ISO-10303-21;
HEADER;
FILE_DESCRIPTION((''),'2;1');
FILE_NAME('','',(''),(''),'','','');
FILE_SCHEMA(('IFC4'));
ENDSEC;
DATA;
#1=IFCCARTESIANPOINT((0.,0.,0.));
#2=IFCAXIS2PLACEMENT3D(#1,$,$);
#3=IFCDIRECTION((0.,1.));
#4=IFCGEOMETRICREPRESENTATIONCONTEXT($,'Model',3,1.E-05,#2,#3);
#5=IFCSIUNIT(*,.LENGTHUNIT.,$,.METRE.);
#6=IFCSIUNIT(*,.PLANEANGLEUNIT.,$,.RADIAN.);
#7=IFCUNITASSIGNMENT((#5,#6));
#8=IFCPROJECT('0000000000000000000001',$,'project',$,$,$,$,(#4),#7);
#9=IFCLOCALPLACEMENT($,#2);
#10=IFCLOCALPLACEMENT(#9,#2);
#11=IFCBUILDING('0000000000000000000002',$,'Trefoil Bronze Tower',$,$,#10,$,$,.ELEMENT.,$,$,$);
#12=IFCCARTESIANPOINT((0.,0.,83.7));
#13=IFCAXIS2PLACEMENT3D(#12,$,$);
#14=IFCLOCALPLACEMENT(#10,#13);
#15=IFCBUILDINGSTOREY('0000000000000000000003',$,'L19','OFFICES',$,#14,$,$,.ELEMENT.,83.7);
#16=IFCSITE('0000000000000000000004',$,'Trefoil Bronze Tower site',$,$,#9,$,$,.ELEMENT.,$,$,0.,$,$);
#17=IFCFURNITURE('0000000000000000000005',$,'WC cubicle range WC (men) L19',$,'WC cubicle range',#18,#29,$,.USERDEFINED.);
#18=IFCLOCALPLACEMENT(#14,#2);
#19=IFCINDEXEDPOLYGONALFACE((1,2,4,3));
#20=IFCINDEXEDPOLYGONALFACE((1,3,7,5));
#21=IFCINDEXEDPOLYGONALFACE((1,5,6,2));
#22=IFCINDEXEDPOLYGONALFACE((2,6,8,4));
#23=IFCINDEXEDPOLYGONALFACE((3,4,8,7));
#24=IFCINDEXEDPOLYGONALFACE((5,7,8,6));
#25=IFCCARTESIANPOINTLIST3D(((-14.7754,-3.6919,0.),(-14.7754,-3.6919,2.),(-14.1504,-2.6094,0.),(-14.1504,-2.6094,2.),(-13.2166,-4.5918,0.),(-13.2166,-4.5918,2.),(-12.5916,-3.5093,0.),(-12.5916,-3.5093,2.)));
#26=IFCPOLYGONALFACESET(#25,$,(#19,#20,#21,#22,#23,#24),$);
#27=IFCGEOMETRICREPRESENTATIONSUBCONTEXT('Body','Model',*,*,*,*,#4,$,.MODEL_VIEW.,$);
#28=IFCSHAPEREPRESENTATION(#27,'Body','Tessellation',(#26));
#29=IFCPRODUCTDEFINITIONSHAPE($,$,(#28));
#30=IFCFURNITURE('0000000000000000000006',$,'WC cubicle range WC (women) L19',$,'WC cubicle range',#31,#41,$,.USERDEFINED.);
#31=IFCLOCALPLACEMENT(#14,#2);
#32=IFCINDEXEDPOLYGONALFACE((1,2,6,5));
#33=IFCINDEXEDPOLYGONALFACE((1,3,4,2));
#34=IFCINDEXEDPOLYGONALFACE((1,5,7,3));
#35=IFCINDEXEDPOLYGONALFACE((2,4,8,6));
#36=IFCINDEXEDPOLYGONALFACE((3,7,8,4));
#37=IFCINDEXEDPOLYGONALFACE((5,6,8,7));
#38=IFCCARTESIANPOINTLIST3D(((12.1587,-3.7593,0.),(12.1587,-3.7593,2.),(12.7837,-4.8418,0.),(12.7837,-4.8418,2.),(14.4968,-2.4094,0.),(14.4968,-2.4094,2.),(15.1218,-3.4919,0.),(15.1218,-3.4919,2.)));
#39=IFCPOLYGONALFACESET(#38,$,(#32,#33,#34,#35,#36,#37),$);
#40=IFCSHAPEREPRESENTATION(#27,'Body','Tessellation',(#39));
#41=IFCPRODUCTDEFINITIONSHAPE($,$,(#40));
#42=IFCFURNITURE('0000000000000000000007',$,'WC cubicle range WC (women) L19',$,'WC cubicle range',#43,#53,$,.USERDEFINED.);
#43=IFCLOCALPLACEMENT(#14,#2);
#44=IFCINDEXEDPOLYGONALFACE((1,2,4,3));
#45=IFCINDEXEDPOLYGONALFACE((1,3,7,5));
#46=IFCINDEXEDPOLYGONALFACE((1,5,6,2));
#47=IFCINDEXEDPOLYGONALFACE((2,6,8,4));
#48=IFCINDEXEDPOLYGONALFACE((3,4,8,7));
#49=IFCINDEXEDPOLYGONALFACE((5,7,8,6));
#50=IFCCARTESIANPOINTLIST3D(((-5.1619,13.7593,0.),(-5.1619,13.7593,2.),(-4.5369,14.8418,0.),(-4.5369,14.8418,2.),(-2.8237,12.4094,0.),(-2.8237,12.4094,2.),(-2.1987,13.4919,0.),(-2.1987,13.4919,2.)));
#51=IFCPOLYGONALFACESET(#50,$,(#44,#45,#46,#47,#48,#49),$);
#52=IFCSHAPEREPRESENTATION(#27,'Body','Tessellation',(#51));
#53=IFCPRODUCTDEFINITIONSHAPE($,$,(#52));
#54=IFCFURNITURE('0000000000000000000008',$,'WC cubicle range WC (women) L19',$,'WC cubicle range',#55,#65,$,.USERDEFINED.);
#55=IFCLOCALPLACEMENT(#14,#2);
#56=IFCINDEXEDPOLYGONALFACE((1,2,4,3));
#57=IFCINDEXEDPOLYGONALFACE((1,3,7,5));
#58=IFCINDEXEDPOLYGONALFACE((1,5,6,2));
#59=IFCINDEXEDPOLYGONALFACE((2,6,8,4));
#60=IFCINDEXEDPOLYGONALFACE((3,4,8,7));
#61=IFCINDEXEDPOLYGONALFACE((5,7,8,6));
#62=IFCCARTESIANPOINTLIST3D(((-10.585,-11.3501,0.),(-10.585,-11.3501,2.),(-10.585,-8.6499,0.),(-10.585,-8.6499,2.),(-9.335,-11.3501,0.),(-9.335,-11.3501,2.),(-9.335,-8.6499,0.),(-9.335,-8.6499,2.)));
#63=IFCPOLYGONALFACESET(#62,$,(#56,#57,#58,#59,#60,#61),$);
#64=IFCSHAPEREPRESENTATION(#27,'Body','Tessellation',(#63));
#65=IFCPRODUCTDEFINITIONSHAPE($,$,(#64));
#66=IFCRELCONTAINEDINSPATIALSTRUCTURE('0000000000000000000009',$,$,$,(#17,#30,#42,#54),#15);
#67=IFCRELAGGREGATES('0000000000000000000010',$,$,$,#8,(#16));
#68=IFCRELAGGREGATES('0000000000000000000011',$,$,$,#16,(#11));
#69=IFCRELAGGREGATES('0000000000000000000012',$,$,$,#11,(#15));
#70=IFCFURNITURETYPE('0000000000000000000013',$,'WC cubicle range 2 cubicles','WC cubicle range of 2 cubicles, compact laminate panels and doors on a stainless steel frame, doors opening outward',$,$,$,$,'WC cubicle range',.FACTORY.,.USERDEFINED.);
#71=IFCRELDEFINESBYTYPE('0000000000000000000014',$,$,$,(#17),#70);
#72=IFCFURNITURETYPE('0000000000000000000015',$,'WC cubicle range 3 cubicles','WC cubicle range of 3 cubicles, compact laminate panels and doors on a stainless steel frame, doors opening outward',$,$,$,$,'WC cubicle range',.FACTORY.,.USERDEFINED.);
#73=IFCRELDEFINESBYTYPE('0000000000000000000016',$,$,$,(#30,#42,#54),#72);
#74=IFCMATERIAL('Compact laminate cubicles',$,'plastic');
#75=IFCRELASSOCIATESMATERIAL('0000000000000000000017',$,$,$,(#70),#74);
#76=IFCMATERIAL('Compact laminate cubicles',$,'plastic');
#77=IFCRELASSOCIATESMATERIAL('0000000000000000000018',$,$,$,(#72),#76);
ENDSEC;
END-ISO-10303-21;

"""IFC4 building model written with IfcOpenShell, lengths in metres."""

from ifc_helpers import new_model, si_unit, direction, frame, origin, place, context, subcontext, project, spatial, polyline, outline, extrude, material, type_object, element, save


model = new_model("IFC4")

# Units and contexts
model_context = context("Model", 3, precision=1e-05, world=origin(), true_north=direction((0.0, 1.0)))
body_context = subcontext(model_context, "Body", "Model", "MODEL_VIEW")
ifc_project = project(units=[si_unit("LENGTHUNIT", "METRE"), si_unit("PLANEANGLEUNIT", "RADIAN")], contexts=[model_context])

# Site, building, storey
site_placement = place(None, origin())
site = spatial("IfcSite", under=ifc_project, at=site_placement, Name="Trefoil Bronze Tower site", CompositionType="ELEMENT", RefElevation=0.0)
building_placement = place(site_placement, origin())
building = spatial("IfcBuilding", under=site, at=building_placement, Name="Trefoil Bronze Tower", CompositionType="ELEMENT")
storey_placement = place(building_placement, frame((0.0, 0.0, 83.7)))
storey = spatial("IfcBuildingStorey", under=building, at=storey_placement, Name="L19", Description="OFFICES", CompositionType="ELEMENT", Elevation=83.7)

# Furniture
ifc_material_1 = material(Name="Compact laminate cubicles", Category="plastic")
furniture_type_1 = type_object("IfcFurnitureType", Name="WC cubicle range 2 cubicles", Description="WC cubicle range of 2 cubicles, compact laminate panels and doors on a stainless steel frame, doors opening outward", ElementType="WC cubicle range", AssemblyPlace="FACTORY", PredefinedType="USERDEFINED", material=ifc_material_1)
furniture_1_placement = place(storey_placement, origin())
element("IfcFurniture", 1, at=furniture_1_placement, inside=storey, type_object=furniture_type_1, Name="WC cubicle range WC (men) L19", ObjectType="WC cubicle range", PredefinedType="USERDEFINED", context=body_context, shape_type="SweptSolid", body=[
    extrude(outline(polyline([(-12.5916, -3.5093), (-13.2166, -4.5918), (-14.7754, -3.6919), (-14.1504, -2.6094), (-12.5916, -3.5093)])), origin(), (0.0, 0.0, 1.0), 2.0),
])
ifc_material_2 = material(Name="Compact laminate cubicles", Category="plastic")
furniture_type_2 = type_object("IfcFurnitureType", Name="WC cubicle range 3 cubicles", Description="WC cubicle range of 3 cubicles, compact laminate panels and doors on a stainless steel frame, doors opening outward", ElementType="WC cubicle range", AssemblyPlace="FACTORY", PredefinedType="USERDEFINED", material=ifc_material_2)
furniture_2_placement = place(storey_placement, origin())
element("IfcFurniture", 2, at=furniture_2_placement, inside=storey, type_object=furniture_type_2, Name="WC cubicle range WC (women) L19", ObjectType="WC cubicle range", PredefinedType="USERDEFINED", context=body_context, shape_type="SweptSolid", body=[
    extrude(outline(polyline([(12.1587, -3.7593), (12.7837, -4.8418), (15.1218, -3.4919), (14.4968, -2.4094), (12.1587, -3.7593)])), origin(), (0.0, 0.0, 1.0), 2.0),
])
furniture_3_placement = place(storey_placement, origin())
element("IfcFurniture", 3, at=furniture_3_placement, inside=storey, type_object=furniture_type_2, Name="WC cubicle range WC (women) L19", ObjectType="WC cubicle range", PredefinedType="USERDEFINED", context=body_context, shape_type="SweptSolid", body=[
    extrude(outline(polyline([(-2.8237, 12.4094), (-2.1987, 13.4919), (-4.5369, 14.8418), (-5.1619, 13.7593), (-2.8237, 12.4094)])), origin(), (0.0, 0.0, 1.0), 2.0),
])
furniture_4_placement = place(storey_placement, origin())
element("IfcFurniture", 4, at=furniture_4_placement, inside=storey, type_object=furniture_type_2, Name="WC cubicle range WC (women) L19", ObjectType="WC cubicle range", PredefinedType="USERDEFINED", context=body_context, shape_type="SweptSolid", body=[
    extrude(outline(polyline([(-9.335, -8.6499), (-10.585, -8.6499), (-10.585, -11.3501), (-9.335, -11.3501), (-9.335, -8.6499)])), origin(), (0.0, 0.0, 1.0), 2.0),
])

save(model, "model.ifc")
